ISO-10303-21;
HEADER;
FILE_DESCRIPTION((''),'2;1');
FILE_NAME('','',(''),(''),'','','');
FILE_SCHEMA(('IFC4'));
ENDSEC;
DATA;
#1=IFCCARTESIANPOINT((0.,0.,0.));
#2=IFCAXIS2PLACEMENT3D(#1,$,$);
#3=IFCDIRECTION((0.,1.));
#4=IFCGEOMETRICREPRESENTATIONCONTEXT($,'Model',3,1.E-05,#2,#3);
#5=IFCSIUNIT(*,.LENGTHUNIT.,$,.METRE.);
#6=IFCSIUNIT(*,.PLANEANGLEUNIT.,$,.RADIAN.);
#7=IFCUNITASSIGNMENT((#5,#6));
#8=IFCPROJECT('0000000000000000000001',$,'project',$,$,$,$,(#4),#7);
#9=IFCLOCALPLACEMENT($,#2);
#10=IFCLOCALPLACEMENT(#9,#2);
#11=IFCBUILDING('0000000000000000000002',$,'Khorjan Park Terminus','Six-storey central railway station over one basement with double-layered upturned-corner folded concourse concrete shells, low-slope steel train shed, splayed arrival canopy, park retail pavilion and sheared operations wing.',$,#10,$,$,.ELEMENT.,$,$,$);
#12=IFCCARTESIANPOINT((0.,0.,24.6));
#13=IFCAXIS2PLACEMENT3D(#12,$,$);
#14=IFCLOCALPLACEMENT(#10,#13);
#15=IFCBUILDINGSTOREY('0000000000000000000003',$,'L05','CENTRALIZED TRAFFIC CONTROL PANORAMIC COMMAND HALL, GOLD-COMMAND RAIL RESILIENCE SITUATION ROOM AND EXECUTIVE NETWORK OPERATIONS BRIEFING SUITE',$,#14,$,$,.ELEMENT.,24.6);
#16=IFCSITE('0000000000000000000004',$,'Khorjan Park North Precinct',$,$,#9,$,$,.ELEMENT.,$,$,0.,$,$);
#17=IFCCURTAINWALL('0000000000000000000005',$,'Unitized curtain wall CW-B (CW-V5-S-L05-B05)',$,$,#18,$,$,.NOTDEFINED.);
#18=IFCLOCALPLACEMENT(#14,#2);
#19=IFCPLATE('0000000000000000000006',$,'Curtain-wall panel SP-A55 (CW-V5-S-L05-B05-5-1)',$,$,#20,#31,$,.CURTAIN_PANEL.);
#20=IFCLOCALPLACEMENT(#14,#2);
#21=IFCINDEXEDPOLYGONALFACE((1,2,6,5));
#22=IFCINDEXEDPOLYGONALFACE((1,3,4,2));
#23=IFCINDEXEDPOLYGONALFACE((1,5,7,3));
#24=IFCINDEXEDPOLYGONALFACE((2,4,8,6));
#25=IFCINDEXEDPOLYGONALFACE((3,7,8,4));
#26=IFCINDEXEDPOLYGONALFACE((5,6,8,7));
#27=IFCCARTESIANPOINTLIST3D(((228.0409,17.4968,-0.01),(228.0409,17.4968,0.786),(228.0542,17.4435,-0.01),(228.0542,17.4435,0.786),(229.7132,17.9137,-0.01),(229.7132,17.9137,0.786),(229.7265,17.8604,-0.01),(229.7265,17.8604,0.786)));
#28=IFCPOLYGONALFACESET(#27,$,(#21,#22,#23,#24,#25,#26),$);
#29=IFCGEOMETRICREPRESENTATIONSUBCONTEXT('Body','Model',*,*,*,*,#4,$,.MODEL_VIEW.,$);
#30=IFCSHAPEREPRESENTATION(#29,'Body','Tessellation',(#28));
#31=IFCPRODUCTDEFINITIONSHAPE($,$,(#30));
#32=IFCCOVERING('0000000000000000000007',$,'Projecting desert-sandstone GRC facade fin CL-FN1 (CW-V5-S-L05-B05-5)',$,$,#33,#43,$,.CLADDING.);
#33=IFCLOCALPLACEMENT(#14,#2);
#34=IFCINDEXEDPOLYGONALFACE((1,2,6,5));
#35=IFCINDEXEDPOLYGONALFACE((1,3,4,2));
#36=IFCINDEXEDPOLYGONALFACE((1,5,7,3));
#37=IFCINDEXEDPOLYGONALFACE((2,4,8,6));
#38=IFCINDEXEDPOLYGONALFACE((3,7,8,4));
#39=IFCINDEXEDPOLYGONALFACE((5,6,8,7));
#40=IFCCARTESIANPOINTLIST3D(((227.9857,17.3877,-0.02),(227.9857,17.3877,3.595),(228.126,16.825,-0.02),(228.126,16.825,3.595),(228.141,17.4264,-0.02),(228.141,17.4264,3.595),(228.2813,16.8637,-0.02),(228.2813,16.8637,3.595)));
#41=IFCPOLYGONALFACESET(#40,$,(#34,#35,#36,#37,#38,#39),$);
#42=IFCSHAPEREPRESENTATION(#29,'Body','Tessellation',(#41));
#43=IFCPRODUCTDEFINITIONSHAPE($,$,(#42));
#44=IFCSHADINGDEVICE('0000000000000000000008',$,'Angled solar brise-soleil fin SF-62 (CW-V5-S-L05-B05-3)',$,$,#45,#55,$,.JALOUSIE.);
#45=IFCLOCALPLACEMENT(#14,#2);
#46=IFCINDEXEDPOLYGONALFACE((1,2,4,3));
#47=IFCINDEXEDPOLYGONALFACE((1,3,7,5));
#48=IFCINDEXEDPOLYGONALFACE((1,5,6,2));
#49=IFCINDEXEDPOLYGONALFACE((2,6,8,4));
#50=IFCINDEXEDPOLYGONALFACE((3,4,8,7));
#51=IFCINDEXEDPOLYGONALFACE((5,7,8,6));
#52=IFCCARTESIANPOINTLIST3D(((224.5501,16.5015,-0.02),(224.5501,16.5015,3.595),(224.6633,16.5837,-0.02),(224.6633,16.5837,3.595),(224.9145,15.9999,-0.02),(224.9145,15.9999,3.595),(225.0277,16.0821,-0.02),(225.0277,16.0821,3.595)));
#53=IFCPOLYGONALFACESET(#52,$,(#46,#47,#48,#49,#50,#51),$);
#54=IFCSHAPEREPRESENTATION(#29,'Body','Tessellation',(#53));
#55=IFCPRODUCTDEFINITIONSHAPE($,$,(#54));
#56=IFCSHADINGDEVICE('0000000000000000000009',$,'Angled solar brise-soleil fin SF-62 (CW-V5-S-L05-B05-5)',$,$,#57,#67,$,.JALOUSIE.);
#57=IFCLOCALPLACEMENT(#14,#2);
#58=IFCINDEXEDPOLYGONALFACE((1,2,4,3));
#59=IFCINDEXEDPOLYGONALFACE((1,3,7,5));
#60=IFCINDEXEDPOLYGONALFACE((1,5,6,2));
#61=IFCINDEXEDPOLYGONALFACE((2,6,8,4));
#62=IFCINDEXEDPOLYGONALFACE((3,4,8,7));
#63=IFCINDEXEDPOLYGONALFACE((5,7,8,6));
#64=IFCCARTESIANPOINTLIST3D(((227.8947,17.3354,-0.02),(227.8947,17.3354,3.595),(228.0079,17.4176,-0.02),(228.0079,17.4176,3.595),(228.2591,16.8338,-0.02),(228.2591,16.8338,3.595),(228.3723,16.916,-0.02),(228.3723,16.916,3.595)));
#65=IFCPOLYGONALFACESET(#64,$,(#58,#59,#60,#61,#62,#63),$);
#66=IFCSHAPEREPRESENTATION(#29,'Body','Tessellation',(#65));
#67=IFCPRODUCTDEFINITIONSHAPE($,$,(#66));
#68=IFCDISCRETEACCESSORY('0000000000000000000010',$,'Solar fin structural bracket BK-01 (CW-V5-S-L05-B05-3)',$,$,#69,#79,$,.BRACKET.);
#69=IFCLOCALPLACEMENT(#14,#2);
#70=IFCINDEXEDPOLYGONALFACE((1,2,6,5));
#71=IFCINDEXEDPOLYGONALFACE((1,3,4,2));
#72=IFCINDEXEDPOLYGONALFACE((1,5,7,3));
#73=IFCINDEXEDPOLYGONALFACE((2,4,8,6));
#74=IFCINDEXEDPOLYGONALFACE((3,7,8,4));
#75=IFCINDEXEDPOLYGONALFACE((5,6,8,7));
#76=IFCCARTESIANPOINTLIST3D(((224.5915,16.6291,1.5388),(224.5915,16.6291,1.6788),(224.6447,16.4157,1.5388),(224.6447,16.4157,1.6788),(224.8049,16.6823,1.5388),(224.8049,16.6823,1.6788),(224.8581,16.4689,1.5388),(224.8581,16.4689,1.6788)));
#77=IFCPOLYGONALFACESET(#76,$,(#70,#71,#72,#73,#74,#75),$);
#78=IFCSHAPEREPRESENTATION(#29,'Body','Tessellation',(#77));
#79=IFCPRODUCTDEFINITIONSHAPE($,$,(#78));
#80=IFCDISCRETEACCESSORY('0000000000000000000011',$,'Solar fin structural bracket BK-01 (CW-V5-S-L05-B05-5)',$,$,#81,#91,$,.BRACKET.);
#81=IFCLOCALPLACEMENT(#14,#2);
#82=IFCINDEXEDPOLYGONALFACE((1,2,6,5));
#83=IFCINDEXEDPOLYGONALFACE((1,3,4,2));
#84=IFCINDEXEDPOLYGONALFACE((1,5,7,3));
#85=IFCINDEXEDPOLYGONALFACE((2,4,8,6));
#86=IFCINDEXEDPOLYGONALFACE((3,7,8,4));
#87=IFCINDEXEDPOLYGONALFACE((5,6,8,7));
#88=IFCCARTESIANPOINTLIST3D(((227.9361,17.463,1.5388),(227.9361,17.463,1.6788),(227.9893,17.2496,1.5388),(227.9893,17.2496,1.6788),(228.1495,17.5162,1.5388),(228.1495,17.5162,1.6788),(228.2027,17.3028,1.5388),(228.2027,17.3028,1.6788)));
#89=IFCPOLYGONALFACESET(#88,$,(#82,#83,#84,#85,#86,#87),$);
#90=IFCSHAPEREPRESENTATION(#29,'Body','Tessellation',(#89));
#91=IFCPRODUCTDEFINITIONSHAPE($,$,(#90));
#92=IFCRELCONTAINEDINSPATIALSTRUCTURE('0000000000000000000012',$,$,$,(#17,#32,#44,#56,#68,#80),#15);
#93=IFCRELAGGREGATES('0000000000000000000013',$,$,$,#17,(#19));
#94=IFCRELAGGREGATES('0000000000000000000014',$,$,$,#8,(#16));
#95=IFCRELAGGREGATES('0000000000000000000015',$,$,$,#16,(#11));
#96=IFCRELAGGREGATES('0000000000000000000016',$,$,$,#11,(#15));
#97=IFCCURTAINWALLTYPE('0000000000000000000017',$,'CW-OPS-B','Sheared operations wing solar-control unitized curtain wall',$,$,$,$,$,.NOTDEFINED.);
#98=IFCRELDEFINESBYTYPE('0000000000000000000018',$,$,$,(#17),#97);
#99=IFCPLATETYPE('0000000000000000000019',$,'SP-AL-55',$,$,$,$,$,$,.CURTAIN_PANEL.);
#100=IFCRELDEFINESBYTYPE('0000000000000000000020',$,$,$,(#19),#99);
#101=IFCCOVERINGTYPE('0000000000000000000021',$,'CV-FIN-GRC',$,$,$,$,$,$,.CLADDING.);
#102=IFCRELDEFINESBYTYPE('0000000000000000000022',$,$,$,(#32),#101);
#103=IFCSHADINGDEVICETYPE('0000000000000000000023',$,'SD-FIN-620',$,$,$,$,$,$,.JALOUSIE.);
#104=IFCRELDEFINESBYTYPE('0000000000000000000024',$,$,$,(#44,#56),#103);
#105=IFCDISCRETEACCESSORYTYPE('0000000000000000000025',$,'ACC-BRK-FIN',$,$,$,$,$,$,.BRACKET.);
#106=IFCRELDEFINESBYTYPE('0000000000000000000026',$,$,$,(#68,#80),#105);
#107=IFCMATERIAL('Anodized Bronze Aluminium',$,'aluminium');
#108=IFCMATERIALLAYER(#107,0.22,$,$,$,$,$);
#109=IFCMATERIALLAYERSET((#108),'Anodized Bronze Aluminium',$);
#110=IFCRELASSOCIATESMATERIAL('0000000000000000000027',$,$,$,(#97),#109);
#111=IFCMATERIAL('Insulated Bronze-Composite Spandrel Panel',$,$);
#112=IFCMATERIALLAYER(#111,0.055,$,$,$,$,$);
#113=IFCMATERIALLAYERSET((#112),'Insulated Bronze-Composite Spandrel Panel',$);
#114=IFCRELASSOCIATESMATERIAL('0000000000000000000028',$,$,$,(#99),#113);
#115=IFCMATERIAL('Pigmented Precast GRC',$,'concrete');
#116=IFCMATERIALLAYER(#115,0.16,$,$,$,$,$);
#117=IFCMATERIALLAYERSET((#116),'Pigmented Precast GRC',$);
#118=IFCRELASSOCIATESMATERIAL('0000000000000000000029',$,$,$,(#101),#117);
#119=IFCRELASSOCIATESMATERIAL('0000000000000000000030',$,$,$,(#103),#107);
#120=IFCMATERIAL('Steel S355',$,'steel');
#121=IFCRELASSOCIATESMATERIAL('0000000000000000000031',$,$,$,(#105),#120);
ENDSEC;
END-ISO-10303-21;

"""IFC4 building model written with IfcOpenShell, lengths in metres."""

from ifc_helpers import new_model, si_unit, direction, frame, origin, origin_2d, place, context, subcontext, project, spatial, rectangle, extrude, material, layer, layer_set, type_object, element, aggregate, save


model = new_model("IFC4")

# Units and contexts
model_context = context("Model", 3, precision=1e-05, world=origin(), true_north=direction((0.0, 1.0)))
body_context = subcontext(model_context, "Body", "Model", "MODEL_VIEW")
ifc_project = project(units=[si_unit("LENGTHUNIT", "METRE"), si_unit("PLANEANGLEUNIT", "RADIAN")], contexts=[model_context])

# Site, building, storey
site_placement = place(None, origin())
site = spatial("IfcSite", under=ifc_project, at=site_placement, Name="Khorjan Park North Precinct", CompositionType="ELEMENT", RefElevation=0.0)
building_placement = place(site_placement, origin())
building = spatial("IfcBuilding", under=site, at=building_placement, Name="Khorjan Park Terminus", Description="Six-storey central railway station over one basement with double-layered upturned-corner folded concourse concrete shells, low-slope steel train shed, splayed arrival canopy, park retail pavilion and sheared operations wing.", CompositionType="ELEMENT")
storey_placement = place(building_placement, frame((0.0, 0.0, 24.6)))
storey = spatial("IfcBuildingStorey", under=building, at=storey_placement, Name="L05", Description="CENTRALIZED TRAFFIC CONTROL PANORAMIC COMMAND HALL, GOLD-COMMAND RAIL RESILIENCE SITUATION ROOM AND EXECUTIVE NETWORK OPERATIONS BRIEFING SUITE", CompositionType="ELEMENT", Elevation=24.6)

# Curtain wall, plate
ifc_material_1 = material(Name="Anodized Bronze Aluminium", Category="aluminium")
ifc_layer_1 = layer(ifc_material_1, 0.22)
ifc_layer_set_1 = layer_set([ifc_layer_1], Name="Anodized Bronze Aluminium")
curtain_wall_type = type_object("IfcCurtainWallType", Name="CW-OPS-B", Description="Sheared operations wing solar-control unitized curtain wall", PredefinedType="NOTDEFINED", material=ifc_layer_set_1)
curtain_wall_placement = place(storey_placement, origin())
curtain_wall = element("IfcCurtainWall", 1, at=curtain_wall_placement, inside=storey, type_object=curtain_wall_type, Name="Unitized curtain wall CW-B (CW-V5-S-L05-B05)", PredefinedType="NOTDEFINED")
ifc_material_2 = material(Name="Insulated Bronze-Composite Spandrel Panel")
ifc_layer_2 = layer(ifc_material_2, 0.055)
ifc_layer_set_2 = layer_set([ifc_layer_2], Name="Insulated Bronze-Composite Spandrel Panel")
plate_type_1 = type_object("IfcPlateType", Name="SP-AL-55", PredefinedType="CURTAIN_PANEL", material=ifc_layer_set_2)
plate_1_placement = place(storey_placement, frame((228.8837, 17.6786, -0.01), z_axis=(0.0, 0.0, 1.0), x_axis=(0.970296, 0.241919, 0.0)))
plate_1 = element("IfcPlate", 2, at=plate_1_placement, type_object=plate_type_1, Name="Curtain-wall panel SP-A55 (CW-V5-S-L05-B05-5-1)", PredefinedType="CURTAIN_PANEL", context=body_context, shape_type="SweptSolid", body=[
    extrude(rectangle(XDim=1.7234, YDim=0.055, at=origin_2d()), origin(), (0.0, 0.0, 1.0), 0.796),
])
aggregate(curtain_wall, [plate_1])

# Covering
ifc_material_3 = material(Name="Pigmented Precast GRC", Category="concrete")
ifc_layer_3 = layer(ifc_material_3, 0.16)
ifc_layer_set_3 = layer_set([ifc_layer_3], Name="Pigmented Precast GRC")
covering_type = type_object("IfcCoveringType", Name="CV-FIN-GRC", PredefinedType="CLADDING", material=ifc_layer_set_3)
covering_placement = place(storey_placement, frame((228.1335, 17.1257, -0.02), z_axis=(0.0, 0.0, 1.0), x_axis=(-0.241922, 0.970296, 0.0)))
element("IfcCovering", 3, at=covering_placement, inside=storey, type_object=covering_type, Name="Projecting desert-sandstone GRC facade fin CL-FN1 (CW-V5-S-L05-B05-5)", PredefinedType="CLADDING", context=body_context, shape_type="SweptSolid", body=[
    extrude(rectangle(XDim=0.58, YDim=0.16, at=origin_2d()), origin(), (0.0, 0.0, 1.0), 3.615),
])

# Shading devices
shading_device_type = type_object("IfcShadingDeviceType", Name="SD-FIN-620", PredefinedType="JALOUSIE", material=ifc_material_1)
for number, where, z_axis, x_axis, name in (
    (4, (224.7889, 16.2918, -0.02), (0.0, 0.0, 1.0), (-0.587785, 0.809017, 0.0), "Angled solar brise-soleil fin SF-62 (CW-V5-S-L05-B05-3)"),
    (5, (228.1335, 17.1257, -0.02), (0.0, 0.0, 1.0), (-0.587785, 0.809017, 0.0), "Angled solar brise-soleil fin SF-62 (CW-V5-S-L05-B05-5)"),
):
    element("IfcShadingDevice", number, at=place(storey_placement, frame(where, z_axis=z_axis, x_axis=x_axis)), inside=storey, type_object=shading_device_type, Name=name, PredefinedType="JALOUSIE", context=body_context, shape_type="SweptSolid", body=[
        extrude(rectangle(XDim=0.62, YDim=0.14, at=origin_2d()), origin(), (0.0, 0.0, 1.0), 3.615),
    ])

# Discrete accessories
ifc_material_4 = material(Name="Steel S355", Category="steel")
discrete_accessory_type = type_object("IfcDiscreteAccessoryType", Name="ACC-BRK-FIN", PredefinedType="BRACKET", material=ifc_material_4)
for number, where, z_axis, x_axis, name in (
    (6, (224.7248, 16.549, 1.5388), (0.0, 0.0, 1.0), (0.970296, 0.241919, 0.0), "Solar fin structural bracket BK-01 (CW-V5-S-L05-B05-3)"),
    (7, (228.0694, 17.3829, 1.5388), (0.0, 0.0, 1.0), (0.970296, 0.241919, 0.0), "Solar fin structural bracket BK-01 (CW-V5-S-L05-B05-5)"),
):
    element("IfcDiscreteAccessory", number, at=place(storey_placement, frame(where, z_axis=z_axis, x_axis=x_axis)), inside=storey, type_object=discrete_accessory_type, Name=name, PredefinedType="BRACKET", context=body_context, shape_type="SweptSolid", body=[
        extrude(rectangle(XDim=0.22, YDim=0.22, at=origin_2d()), origin(), (0.0, 0.0, 1.0), 0.14),
    ])

save(model, "model.ifc")
